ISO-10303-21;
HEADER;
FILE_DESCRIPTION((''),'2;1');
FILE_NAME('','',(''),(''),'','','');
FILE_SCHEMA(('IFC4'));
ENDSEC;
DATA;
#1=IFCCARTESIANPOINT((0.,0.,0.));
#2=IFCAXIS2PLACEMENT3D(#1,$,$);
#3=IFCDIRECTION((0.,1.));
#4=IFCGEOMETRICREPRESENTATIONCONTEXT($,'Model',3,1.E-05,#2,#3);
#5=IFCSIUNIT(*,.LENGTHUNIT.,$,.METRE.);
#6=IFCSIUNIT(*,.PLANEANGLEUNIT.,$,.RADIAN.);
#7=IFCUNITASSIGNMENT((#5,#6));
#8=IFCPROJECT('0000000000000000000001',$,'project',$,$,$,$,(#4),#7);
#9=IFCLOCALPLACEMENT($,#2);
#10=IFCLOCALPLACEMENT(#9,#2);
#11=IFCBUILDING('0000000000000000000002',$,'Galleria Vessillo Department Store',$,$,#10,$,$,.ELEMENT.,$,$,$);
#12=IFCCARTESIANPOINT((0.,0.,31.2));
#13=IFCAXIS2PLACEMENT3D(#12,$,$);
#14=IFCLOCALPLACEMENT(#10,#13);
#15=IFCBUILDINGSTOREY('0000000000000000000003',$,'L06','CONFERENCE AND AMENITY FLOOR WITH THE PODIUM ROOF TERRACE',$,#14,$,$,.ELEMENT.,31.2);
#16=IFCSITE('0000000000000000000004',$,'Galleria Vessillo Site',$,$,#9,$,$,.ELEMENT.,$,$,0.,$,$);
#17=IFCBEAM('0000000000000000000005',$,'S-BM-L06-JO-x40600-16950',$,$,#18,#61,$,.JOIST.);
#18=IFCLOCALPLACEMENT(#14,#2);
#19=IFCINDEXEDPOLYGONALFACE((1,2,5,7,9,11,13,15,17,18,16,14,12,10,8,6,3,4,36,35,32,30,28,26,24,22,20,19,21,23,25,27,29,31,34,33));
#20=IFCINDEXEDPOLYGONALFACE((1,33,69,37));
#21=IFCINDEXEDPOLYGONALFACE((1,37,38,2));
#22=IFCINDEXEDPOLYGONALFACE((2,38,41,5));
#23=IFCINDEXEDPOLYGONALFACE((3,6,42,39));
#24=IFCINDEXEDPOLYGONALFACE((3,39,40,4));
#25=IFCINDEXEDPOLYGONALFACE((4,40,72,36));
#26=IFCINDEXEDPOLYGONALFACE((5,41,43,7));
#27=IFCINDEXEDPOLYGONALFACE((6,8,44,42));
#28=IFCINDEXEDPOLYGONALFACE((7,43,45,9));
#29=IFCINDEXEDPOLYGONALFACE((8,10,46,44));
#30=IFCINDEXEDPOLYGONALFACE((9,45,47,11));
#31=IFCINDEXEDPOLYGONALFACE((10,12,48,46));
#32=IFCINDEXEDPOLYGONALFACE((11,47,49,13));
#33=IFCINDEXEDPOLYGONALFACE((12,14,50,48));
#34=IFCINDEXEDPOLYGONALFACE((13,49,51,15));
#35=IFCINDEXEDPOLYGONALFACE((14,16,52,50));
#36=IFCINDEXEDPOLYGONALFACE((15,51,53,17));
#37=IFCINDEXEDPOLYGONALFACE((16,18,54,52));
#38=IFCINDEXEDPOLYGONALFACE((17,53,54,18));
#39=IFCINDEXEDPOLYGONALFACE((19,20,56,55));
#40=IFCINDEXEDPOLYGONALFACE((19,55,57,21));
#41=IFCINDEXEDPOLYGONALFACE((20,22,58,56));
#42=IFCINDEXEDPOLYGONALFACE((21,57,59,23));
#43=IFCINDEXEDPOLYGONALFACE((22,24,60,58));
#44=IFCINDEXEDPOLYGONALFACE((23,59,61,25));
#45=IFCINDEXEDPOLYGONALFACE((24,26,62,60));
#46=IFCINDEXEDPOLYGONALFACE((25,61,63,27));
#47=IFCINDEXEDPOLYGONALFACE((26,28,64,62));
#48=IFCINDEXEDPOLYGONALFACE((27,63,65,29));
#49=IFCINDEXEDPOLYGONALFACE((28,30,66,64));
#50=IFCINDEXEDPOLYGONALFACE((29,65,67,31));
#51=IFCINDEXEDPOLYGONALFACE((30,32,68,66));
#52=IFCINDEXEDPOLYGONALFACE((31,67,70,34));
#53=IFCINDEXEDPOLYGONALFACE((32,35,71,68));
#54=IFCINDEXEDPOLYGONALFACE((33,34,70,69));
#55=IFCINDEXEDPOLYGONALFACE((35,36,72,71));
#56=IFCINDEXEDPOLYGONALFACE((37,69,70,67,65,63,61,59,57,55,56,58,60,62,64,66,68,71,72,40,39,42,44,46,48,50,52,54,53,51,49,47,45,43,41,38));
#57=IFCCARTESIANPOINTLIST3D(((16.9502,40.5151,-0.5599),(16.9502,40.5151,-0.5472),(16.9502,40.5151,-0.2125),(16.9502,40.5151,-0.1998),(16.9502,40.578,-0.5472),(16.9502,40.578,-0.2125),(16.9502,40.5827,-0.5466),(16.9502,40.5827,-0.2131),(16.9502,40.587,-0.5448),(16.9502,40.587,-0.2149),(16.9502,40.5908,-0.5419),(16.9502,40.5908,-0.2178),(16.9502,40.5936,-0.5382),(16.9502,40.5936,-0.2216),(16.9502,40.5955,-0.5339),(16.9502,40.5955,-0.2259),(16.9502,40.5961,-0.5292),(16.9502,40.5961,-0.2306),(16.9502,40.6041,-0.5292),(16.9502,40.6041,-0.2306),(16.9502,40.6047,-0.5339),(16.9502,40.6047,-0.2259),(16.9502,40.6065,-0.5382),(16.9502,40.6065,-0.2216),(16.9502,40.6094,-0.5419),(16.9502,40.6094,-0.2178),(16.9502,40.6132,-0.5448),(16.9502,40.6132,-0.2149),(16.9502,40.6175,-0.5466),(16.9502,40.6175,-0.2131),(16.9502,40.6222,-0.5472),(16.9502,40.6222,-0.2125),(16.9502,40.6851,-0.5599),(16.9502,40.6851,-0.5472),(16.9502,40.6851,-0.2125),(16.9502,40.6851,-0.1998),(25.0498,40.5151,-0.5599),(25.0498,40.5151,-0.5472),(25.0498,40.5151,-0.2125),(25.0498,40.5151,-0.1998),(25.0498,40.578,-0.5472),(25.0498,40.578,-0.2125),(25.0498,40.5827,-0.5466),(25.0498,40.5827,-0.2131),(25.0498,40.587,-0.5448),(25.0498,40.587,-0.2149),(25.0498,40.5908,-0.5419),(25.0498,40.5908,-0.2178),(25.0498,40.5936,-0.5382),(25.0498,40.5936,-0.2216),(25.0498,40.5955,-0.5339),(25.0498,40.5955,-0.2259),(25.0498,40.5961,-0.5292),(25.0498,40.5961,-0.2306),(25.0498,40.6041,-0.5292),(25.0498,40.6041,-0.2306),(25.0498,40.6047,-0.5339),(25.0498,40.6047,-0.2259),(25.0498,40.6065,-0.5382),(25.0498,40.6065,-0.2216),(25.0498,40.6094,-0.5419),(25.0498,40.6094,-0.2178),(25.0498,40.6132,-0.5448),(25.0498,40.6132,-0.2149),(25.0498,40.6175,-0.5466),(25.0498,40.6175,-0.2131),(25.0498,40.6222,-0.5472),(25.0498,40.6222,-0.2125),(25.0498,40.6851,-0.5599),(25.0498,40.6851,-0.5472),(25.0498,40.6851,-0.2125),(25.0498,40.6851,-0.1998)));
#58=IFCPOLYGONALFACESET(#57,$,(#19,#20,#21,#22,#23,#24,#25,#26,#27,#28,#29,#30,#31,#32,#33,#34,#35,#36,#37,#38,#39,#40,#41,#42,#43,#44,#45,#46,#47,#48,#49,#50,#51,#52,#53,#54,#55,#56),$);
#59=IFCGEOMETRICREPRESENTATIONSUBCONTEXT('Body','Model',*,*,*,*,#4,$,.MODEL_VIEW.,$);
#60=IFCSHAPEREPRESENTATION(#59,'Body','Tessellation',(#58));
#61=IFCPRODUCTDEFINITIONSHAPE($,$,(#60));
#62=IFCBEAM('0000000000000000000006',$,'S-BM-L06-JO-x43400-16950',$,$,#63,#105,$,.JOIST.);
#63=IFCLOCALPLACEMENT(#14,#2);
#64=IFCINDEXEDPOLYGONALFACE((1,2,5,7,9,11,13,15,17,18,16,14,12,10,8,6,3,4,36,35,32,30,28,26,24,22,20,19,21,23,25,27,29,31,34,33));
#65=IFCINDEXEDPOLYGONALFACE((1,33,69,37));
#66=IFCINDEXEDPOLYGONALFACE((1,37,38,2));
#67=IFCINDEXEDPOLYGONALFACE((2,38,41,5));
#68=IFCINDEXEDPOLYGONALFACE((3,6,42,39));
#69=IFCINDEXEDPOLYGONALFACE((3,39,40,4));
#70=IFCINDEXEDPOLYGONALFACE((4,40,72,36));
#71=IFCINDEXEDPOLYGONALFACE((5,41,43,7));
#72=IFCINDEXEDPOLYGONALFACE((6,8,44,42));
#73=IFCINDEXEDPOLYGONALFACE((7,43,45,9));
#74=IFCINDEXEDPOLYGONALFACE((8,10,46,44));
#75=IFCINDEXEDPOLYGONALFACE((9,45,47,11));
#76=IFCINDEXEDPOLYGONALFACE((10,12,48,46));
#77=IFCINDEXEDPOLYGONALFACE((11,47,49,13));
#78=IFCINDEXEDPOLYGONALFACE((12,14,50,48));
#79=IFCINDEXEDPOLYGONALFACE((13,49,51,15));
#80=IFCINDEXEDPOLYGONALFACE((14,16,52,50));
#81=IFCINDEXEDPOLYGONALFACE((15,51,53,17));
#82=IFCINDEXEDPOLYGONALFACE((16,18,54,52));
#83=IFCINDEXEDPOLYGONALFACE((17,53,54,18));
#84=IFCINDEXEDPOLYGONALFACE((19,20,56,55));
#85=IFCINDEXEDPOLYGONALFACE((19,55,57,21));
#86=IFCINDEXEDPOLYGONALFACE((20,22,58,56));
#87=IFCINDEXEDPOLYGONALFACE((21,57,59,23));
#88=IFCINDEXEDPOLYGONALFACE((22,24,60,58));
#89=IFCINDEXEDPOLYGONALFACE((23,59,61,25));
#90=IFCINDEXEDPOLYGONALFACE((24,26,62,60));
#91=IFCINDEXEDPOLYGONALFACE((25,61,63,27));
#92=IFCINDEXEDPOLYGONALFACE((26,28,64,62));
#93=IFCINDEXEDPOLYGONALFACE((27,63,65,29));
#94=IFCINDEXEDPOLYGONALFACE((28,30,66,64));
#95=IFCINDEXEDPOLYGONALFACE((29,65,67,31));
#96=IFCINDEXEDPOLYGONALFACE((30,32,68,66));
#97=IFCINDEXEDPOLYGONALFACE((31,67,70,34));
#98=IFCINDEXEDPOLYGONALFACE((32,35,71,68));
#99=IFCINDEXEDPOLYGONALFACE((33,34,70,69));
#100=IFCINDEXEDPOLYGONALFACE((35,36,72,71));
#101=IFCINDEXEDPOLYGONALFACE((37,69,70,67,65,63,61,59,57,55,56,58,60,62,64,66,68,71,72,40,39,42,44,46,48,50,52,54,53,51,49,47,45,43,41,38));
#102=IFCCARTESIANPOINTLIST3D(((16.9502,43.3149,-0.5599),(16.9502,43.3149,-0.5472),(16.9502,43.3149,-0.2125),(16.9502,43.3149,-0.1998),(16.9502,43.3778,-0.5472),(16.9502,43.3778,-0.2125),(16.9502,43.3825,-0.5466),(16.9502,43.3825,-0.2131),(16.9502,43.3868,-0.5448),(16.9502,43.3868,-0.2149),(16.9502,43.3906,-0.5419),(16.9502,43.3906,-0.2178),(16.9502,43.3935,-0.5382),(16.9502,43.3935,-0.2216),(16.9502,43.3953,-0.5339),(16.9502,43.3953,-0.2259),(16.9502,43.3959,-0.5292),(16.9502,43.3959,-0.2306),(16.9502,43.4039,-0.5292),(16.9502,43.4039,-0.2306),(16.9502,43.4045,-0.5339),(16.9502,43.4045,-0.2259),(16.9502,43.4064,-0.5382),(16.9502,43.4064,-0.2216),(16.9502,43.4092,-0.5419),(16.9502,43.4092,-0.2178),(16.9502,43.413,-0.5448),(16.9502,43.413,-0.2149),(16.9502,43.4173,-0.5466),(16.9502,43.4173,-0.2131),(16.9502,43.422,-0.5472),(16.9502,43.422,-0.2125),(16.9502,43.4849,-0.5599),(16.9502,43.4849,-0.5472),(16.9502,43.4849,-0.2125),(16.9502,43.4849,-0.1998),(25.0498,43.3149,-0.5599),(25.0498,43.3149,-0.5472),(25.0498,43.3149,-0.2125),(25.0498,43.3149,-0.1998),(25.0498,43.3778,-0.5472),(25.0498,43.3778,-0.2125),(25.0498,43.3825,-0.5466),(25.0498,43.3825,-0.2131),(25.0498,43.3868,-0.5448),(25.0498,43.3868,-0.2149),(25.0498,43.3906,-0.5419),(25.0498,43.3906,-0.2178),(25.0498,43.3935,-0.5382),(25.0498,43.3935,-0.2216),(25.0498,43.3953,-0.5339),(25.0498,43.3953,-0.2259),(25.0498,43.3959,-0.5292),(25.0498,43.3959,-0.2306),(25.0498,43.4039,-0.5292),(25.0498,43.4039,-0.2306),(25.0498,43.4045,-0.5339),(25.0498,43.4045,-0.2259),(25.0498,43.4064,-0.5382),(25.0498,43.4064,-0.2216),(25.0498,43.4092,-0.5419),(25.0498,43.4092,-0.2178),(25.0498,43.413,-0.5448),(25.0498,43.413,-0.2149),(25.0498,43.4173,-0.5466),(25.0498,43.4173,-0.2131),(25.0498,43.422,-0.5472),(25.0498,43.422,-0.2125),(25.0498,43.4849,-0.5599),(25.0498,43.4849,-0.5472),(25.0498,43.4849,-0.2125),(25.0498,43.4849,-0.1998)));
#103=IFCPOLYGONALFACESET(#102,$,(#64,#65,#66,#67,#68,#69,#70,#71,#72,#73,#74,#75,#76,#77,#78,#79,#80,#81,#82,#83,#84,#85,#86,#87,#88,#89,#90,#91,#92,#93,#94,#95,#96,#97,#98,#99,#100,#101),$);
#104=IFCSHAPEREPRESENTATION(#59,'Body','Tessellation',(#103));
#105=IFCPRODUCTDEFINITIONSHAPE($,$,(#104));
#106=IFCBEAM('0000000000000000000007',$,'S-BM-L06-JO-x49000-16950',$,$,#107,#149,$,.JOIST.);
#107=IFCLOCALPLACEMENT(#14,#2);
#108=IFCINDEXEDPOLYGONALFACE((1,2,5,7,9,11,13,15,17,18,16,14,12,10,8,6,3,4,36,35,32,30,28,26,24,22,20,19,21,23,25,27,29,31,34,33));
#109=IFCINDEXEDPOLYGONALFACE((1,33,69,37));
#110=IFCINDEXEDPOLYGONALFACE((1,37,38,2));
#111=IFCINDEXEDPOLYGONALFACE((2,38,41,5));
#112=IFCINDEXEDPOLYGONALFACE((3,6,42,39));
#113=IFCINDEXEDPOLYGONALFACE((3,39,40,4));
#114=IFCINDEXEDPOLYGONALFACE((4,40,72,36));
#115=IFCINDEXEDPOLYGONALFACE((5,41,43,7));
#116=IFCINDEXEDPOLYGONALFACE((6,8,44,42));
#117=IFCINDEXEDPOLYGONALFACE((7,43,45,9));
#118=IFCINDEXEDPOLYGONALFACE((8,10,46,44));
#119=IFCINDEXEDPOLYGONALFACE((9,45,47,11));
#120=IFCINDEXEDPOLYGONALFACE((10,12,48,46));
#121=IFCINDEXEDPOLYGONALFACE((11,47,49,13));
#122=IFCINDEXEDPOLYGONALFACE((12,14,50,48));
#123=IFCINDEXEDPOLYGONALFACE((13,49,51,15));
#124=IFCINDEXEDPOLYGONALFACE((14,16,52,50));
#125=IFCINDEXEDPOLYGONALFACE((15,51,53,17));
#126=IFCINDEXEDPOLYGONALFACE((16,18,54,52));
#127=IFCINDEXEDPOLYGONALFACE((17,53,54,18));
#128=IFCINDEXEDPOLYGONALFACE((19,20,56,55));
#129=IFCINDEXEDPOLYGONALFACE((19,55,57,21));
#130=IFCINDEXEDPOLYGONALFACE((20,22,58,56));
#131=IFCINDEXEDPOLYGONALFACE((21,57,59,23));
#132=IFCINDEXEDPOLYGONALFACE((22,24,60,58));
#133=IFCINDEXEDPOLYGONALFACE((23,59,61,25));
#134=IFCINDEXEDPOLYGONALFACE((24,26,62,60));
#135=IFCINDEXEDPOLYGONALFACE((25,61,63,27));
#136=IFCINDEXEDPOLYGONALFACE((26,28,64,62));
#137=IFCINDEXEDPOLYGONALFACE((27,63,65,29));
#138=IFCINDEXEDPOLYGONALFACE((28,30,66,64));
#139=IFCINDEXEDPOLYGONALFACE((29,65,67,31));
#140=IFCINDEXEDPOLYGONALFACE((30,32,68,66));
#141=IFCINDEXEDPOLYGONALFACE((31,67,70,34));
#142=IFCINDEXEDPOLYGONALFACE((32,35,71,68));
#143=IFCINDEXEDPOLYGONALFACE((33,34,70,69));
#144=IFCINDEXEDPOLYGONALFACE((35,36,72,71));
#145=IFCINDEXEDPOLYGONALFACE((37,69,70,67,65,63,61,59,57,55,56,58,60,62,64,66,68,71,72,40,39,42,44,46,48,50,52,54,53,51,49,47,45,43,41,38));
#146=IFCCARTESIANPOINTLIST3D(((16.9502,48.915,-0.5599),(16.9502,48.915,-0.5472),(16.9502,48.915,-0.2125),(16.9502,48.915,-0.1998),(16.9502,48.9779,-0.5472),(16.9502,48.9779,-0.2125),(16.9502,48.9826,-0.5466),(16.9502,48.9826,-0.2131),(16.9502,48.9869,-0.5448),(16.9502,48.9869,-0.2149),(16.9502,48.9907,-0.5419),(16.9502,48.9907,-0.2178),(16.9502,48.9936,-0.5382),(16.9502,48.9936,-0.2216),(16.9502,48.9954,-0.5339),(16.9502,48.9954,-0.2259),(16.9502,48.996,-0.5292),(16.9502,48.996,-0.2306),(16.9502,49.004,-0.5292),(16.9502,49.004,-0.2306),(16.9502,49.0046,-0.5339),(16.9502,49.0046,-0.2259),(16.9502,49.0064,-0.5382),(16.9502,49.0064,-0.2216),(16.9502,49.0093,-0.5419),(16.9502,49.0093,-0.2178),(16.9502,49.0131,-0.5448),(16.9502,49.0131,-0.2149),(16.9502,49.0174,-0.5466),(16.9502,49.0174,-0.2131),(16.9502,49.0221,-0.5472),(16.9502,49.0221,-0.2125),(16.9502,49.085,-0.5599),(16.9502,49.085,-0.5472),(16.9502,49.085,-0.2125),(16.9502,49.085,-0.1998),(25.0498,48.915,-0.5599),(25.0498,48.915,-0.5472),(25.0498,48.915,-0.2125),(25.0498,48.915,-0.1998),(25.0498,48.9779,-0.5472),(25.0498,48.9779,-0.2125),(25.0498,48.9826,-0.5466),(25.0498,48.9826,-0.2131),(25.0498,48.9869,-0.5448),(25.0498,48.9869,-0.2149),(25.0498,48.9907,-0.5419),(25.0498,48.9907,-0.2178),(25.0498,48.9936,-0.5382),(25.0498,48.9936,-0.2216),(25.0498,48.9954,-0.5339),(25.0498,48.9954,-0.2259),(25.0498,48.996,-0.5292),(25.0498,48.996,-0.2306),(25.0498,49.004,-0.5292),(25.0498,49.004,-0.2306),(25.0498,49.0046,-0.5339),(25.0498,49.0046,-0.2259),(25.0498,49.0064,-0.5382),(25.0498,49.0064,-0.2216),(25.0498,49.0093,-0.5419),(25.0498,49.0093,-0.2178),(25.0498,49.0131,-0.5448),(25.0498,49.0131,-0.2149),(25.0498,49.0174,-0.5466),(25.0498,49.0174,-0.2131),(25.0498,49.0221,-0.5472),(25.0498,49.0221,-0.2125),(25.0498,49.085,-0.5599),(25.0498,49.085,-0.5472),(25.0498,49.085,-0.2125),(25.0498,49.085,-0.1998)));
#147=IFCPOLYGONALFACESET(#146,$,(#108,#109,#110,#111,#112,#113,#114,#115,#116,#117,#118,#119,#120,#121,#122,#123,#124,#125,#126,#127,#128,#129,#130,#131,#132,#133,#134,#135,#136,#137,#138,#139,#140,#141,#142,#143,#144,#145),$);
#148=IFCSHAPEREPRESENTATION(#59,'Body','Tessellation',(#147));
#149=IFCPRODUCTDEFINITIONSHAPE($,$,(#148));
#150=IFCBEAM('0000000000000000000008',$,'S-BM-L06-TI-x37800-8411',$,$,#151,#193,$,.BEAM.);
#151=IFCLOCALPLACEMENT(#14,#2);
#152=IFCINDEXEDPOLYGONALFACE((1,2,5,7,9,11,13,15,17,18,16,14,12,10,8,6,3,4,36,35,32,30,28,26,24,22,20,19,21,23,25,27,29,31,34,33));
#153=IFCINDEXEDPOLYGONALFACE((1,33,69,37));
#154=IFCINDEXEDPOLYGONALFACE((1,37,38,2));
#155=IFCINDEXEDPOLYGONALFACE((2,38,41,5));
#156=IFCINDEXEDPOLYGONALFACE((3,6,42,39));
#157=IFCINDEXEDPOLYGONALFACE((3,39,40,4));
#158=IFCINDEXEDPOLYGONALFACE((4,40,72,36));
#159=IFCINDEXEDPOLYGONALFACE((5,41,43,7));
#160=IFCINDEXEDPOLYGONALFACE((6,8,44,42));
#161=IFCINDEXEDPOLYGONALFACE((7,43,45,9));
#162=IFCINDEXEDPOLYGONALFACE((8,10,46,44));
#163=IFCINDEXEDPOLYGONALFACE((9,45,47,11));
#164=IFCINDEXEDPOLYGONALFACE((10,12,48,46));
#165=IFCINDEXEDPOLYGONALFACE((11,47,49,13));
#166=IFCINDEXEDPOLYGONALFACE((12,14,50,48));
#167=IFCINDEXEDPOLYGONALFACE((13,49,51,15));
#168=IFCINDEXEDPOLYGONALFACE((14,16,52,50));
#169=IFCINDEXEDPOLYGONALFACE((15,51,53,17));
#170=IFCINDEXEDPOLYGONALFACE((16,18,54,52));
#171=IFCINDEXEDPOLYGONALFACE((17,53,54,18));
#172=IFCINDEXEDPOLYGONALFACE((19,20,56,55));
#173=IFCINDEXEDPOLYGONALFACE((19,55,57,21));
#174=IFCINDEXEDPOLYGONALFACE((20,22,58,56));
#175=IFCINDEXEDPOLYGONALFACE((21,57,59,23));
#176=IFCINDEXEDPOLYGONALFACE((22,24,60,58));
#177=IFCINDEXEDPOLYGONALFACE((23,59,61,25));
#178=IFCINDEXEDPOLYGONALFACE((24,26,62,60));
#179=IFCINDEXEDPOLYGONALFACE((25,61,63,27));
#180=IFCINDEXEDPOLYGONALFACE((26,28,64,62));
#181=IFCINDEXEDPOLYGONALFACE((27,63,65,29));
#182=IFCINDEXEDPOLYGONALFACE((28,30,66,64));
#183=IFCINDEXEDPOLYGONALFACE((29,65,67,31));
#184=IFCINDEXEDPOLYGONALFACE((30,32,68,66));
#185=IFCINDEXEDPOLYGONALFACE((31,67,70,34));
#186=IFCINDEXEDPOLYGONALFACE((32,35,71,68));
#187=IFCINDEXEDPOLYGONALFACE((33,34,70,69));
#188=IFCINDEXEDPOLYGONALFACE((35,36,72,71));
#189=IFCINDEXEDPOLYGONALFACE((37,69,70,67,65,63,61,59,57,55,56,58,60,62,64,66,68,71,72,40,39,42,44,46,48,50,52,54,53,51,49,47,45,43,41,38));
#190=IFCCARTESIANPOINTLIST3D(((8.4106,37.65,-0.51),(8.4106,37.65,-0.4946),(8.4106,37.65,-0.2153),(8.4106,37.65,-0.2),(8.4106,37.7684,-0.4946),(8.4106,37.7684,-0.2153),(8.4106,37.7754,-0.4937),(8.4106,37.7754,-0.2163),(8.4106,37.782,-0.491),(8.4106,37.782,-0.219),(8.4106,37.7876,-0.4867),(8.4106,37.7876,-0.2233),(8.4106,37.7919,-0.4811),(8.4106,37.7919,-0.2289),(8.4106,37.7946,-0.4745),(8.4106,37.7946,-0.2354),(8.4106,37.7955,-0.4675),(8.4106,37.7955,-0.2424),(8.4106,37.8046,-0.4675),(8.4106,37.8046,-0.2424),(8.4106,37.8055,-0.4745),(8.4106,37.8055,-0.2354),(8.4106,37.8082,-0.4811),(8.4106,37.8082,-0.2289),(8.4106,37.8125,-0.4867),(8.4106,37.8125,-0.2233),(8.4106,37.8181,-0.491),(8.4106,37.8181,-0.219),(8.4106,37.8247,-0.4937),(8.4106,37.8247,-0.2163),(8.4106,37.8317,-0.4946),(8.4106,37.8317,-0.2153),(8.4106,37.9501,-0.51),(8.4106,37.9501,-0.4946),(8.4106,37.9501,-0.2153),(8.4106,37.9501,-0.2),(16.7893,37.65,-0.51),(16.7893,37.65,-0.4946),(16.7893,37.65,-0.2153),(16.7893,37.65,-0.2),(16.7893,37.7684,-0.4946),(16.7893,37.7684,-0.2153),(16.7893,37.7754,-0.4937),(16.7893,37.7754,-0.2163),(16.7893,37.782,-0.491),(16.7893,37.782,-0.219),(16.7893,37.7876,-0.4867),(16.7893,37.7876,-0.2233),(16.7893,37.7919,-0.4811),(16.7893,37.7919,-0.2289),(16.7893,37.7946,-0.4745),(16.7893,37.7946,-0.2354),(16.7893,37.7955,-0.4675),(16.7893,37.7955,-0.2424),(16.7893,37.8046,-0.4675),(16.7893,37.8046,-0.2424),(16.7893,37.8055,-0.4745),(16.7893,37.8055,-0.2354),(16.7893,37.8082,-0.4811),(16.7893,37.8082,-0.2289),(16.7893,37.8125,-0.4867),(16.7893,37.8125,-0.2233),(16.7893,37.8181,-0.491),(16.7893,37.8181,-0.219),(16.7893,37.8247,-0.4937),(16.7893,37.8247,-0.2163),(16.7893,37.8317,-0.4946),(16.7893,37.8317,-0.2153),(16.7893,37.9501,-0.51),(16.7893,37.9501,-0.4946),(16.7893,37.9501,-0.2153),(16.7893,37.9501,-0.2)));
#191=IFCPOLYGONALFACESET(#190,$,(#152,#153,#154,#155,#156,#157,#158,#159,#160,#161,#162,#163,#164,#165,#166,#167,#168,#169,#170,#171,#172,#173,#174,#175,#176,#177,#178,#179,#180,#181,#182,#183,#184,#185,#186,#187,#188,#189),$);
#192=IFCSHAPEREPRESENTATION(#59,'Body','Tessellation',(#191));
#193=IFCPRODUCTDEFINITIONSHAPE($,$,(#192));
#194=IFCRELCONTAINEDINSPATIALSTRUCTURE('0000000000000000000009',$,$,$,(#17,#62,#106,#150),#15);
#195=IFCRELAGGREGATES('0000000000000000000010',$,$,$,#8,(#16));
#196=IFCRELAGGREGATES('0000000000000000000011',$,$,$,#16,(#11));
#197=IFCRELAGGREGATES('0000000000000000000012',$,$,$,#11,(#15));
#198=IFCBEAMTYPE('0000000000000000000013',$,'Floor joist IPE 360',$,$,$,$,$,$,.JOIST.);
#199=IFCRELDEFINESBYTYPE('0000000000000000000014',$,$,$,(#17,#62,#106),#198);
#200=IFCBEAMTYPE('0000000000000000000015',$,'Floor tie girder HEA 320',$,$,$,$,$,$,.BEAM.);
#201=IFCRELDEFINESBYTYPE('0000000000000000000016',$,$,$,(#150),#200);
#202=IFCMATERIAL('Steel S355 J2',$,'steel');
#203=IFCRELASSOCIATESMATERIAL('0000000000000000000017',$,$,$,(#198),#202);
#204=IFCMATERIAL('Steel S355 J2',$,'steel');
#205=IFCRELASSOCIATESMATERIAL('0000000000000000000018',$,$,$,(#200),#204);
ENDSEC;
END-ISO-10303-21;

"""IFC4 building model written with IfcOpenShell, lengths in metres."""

from ifc_helpers import new_model, si_unit, direction, frame, origin, origin_2d, place, context, subcontext, project, spatial, i_section, extrude, material, material_profile, profile_set, type_object, element, save


model = new_model("IFC4")

# Units and contexts
model_context = context("Model", 3, precision=1e-05, world=origin(), true_north=direction((0.0, 1.0)))
body_context = subcontext(model_context, "Body", "Model", "MODEL_VIEW")
ifc_project = project(units=[si_unit("LENGTHUNIT", "METRE"), si_unit("PLANEANGLEUNIT", "RADIAN")], contexts=[model_context])

# Site, building, storey
site_placement = place(None, origin())
site = spatial("IfcSite", under=ifc_project, at=site_placement, Name="Galleria Vessillo Site", CompositionType="ELEMENT", RefElevation=0.0)
building_placement = place(site_placement, origin())
building = spatial("IfcBuilding", under=site, at=building_placement, Name="Galleria Vessillo Department Store", CompositionType="ELEMENT")
storey_placement = place(building_placement, frame((0.0, 0.0, 31.2)))
storey = spatial("IfcBuildingStorey", under=building, at=storey_placement, Name="L06", Description="CONFERENCE AND AMENITY FLOOR WITH THE PODIUM ROOF TERRACE", CompositionType="ELEMENT", Elevation=31.2)

# Beams
ifc_material_1 = material(Name="Steel S355 J2", Category="steel")
ifc_material_profile_1 = material_profile(ifc_material_1, i_section(OverallWidth=0.1699, OverallDepth=0.3601, WebThickness=0.0081, FlangeThickness=0.0127, FilletRadius=0.0181, at=origin_2d()), Name="IPE 360")
ifc_profile_set_1 = profile_set([ifc_material_profile_1], Name="Steel S355 J2")
beam_type_1 = type_object("IfcBeamType", Name="Floor joist IPE 360", PredefinedType="JOIST", material=ifc_profile_set_1)
for number, where, z_axis, x_axis, name in (
    (1, (16.9502, 40.6001, -0.3799), (1.0, 0.0, 0.0), (0.0, 1.0, 0.0), "S-BM-L06-JO-x40600-16950"),
    (2, (16.9502, 43.3999, -0.3799), (1.0, 0.0, 0.0), (0.0, 1.0, 0.0), "S-BM-L06-JO-x43400-16950"),
    (3, (16.9502, 49.0, -0.3799), (1.0, 0.0, 0.0), (0.0, 1.0, 0.0), "S-BM-L06-JO-x49000-16950"),
):
    element("IfcBeam", number, at=place(storey_placement, frame(where, z_axis=z_axis, x_axis=x_axis)), inside=storey, type_object=beam_type_1, Name=name, PredefinedType="JOIST", context=body_context, shape_type="SweptSolid", body=[
        extrude(i_section(OverallWidth=0.1699, OverallDepth=0.3601, WebThickness=0.0081, FlangeThickness=0.0127, FilletRadius=0.0181, at=origin_2d()), origin(), (0.0, 0.0, 1.0), 8.0996),
    ])
ifc_material_2 = material(Name="Steel S355 J2", Category="steel")
ifc_material_profile_2 = material_profile(ifc_material_2, i_section(OverallWidth=0.3, OverallDepth=0.3101, WebThickness=0.009, FlangeThickness=0.0154, FilletRadius=0.0271, at=origin_2d()), Name="HEA 320")
ifc_profile_set_2 = profile_set([ifc_material_profile_2], Name="Steel S355 J2")
beam_type_2 = type_object("IfcBeamType", Name="Floor tie girder HEA 320", PredefinedType="BEAM", material=ifc_profile_set_2)
beam_1_placement = place(storey_placement, frame((8.4106, 37.8, -0.355), z_axis=(1.0, 0.0, 0.0), x_axis=(0.0, 1.0, 0.0)))
element("IfcBeam", 4, at=beam_1_placement, inside=storey, type_object=beam_type_2, Name="S-BM-L06-TI-x37800-8411", PredefinedType="BEAM", context=body_context, shape_type="SweptSolid", body=[
    extrude(i_section(OverallWidth=0.3, OverallDepth=0.3101, WebThickness=0.009, FlangeThickness=0.0154, FilletRadius=0.0271, at=origin_2d()), origin(), (0.0, 0.0, 1.0), 8.3787),
])

save(model, "model.ifc")
